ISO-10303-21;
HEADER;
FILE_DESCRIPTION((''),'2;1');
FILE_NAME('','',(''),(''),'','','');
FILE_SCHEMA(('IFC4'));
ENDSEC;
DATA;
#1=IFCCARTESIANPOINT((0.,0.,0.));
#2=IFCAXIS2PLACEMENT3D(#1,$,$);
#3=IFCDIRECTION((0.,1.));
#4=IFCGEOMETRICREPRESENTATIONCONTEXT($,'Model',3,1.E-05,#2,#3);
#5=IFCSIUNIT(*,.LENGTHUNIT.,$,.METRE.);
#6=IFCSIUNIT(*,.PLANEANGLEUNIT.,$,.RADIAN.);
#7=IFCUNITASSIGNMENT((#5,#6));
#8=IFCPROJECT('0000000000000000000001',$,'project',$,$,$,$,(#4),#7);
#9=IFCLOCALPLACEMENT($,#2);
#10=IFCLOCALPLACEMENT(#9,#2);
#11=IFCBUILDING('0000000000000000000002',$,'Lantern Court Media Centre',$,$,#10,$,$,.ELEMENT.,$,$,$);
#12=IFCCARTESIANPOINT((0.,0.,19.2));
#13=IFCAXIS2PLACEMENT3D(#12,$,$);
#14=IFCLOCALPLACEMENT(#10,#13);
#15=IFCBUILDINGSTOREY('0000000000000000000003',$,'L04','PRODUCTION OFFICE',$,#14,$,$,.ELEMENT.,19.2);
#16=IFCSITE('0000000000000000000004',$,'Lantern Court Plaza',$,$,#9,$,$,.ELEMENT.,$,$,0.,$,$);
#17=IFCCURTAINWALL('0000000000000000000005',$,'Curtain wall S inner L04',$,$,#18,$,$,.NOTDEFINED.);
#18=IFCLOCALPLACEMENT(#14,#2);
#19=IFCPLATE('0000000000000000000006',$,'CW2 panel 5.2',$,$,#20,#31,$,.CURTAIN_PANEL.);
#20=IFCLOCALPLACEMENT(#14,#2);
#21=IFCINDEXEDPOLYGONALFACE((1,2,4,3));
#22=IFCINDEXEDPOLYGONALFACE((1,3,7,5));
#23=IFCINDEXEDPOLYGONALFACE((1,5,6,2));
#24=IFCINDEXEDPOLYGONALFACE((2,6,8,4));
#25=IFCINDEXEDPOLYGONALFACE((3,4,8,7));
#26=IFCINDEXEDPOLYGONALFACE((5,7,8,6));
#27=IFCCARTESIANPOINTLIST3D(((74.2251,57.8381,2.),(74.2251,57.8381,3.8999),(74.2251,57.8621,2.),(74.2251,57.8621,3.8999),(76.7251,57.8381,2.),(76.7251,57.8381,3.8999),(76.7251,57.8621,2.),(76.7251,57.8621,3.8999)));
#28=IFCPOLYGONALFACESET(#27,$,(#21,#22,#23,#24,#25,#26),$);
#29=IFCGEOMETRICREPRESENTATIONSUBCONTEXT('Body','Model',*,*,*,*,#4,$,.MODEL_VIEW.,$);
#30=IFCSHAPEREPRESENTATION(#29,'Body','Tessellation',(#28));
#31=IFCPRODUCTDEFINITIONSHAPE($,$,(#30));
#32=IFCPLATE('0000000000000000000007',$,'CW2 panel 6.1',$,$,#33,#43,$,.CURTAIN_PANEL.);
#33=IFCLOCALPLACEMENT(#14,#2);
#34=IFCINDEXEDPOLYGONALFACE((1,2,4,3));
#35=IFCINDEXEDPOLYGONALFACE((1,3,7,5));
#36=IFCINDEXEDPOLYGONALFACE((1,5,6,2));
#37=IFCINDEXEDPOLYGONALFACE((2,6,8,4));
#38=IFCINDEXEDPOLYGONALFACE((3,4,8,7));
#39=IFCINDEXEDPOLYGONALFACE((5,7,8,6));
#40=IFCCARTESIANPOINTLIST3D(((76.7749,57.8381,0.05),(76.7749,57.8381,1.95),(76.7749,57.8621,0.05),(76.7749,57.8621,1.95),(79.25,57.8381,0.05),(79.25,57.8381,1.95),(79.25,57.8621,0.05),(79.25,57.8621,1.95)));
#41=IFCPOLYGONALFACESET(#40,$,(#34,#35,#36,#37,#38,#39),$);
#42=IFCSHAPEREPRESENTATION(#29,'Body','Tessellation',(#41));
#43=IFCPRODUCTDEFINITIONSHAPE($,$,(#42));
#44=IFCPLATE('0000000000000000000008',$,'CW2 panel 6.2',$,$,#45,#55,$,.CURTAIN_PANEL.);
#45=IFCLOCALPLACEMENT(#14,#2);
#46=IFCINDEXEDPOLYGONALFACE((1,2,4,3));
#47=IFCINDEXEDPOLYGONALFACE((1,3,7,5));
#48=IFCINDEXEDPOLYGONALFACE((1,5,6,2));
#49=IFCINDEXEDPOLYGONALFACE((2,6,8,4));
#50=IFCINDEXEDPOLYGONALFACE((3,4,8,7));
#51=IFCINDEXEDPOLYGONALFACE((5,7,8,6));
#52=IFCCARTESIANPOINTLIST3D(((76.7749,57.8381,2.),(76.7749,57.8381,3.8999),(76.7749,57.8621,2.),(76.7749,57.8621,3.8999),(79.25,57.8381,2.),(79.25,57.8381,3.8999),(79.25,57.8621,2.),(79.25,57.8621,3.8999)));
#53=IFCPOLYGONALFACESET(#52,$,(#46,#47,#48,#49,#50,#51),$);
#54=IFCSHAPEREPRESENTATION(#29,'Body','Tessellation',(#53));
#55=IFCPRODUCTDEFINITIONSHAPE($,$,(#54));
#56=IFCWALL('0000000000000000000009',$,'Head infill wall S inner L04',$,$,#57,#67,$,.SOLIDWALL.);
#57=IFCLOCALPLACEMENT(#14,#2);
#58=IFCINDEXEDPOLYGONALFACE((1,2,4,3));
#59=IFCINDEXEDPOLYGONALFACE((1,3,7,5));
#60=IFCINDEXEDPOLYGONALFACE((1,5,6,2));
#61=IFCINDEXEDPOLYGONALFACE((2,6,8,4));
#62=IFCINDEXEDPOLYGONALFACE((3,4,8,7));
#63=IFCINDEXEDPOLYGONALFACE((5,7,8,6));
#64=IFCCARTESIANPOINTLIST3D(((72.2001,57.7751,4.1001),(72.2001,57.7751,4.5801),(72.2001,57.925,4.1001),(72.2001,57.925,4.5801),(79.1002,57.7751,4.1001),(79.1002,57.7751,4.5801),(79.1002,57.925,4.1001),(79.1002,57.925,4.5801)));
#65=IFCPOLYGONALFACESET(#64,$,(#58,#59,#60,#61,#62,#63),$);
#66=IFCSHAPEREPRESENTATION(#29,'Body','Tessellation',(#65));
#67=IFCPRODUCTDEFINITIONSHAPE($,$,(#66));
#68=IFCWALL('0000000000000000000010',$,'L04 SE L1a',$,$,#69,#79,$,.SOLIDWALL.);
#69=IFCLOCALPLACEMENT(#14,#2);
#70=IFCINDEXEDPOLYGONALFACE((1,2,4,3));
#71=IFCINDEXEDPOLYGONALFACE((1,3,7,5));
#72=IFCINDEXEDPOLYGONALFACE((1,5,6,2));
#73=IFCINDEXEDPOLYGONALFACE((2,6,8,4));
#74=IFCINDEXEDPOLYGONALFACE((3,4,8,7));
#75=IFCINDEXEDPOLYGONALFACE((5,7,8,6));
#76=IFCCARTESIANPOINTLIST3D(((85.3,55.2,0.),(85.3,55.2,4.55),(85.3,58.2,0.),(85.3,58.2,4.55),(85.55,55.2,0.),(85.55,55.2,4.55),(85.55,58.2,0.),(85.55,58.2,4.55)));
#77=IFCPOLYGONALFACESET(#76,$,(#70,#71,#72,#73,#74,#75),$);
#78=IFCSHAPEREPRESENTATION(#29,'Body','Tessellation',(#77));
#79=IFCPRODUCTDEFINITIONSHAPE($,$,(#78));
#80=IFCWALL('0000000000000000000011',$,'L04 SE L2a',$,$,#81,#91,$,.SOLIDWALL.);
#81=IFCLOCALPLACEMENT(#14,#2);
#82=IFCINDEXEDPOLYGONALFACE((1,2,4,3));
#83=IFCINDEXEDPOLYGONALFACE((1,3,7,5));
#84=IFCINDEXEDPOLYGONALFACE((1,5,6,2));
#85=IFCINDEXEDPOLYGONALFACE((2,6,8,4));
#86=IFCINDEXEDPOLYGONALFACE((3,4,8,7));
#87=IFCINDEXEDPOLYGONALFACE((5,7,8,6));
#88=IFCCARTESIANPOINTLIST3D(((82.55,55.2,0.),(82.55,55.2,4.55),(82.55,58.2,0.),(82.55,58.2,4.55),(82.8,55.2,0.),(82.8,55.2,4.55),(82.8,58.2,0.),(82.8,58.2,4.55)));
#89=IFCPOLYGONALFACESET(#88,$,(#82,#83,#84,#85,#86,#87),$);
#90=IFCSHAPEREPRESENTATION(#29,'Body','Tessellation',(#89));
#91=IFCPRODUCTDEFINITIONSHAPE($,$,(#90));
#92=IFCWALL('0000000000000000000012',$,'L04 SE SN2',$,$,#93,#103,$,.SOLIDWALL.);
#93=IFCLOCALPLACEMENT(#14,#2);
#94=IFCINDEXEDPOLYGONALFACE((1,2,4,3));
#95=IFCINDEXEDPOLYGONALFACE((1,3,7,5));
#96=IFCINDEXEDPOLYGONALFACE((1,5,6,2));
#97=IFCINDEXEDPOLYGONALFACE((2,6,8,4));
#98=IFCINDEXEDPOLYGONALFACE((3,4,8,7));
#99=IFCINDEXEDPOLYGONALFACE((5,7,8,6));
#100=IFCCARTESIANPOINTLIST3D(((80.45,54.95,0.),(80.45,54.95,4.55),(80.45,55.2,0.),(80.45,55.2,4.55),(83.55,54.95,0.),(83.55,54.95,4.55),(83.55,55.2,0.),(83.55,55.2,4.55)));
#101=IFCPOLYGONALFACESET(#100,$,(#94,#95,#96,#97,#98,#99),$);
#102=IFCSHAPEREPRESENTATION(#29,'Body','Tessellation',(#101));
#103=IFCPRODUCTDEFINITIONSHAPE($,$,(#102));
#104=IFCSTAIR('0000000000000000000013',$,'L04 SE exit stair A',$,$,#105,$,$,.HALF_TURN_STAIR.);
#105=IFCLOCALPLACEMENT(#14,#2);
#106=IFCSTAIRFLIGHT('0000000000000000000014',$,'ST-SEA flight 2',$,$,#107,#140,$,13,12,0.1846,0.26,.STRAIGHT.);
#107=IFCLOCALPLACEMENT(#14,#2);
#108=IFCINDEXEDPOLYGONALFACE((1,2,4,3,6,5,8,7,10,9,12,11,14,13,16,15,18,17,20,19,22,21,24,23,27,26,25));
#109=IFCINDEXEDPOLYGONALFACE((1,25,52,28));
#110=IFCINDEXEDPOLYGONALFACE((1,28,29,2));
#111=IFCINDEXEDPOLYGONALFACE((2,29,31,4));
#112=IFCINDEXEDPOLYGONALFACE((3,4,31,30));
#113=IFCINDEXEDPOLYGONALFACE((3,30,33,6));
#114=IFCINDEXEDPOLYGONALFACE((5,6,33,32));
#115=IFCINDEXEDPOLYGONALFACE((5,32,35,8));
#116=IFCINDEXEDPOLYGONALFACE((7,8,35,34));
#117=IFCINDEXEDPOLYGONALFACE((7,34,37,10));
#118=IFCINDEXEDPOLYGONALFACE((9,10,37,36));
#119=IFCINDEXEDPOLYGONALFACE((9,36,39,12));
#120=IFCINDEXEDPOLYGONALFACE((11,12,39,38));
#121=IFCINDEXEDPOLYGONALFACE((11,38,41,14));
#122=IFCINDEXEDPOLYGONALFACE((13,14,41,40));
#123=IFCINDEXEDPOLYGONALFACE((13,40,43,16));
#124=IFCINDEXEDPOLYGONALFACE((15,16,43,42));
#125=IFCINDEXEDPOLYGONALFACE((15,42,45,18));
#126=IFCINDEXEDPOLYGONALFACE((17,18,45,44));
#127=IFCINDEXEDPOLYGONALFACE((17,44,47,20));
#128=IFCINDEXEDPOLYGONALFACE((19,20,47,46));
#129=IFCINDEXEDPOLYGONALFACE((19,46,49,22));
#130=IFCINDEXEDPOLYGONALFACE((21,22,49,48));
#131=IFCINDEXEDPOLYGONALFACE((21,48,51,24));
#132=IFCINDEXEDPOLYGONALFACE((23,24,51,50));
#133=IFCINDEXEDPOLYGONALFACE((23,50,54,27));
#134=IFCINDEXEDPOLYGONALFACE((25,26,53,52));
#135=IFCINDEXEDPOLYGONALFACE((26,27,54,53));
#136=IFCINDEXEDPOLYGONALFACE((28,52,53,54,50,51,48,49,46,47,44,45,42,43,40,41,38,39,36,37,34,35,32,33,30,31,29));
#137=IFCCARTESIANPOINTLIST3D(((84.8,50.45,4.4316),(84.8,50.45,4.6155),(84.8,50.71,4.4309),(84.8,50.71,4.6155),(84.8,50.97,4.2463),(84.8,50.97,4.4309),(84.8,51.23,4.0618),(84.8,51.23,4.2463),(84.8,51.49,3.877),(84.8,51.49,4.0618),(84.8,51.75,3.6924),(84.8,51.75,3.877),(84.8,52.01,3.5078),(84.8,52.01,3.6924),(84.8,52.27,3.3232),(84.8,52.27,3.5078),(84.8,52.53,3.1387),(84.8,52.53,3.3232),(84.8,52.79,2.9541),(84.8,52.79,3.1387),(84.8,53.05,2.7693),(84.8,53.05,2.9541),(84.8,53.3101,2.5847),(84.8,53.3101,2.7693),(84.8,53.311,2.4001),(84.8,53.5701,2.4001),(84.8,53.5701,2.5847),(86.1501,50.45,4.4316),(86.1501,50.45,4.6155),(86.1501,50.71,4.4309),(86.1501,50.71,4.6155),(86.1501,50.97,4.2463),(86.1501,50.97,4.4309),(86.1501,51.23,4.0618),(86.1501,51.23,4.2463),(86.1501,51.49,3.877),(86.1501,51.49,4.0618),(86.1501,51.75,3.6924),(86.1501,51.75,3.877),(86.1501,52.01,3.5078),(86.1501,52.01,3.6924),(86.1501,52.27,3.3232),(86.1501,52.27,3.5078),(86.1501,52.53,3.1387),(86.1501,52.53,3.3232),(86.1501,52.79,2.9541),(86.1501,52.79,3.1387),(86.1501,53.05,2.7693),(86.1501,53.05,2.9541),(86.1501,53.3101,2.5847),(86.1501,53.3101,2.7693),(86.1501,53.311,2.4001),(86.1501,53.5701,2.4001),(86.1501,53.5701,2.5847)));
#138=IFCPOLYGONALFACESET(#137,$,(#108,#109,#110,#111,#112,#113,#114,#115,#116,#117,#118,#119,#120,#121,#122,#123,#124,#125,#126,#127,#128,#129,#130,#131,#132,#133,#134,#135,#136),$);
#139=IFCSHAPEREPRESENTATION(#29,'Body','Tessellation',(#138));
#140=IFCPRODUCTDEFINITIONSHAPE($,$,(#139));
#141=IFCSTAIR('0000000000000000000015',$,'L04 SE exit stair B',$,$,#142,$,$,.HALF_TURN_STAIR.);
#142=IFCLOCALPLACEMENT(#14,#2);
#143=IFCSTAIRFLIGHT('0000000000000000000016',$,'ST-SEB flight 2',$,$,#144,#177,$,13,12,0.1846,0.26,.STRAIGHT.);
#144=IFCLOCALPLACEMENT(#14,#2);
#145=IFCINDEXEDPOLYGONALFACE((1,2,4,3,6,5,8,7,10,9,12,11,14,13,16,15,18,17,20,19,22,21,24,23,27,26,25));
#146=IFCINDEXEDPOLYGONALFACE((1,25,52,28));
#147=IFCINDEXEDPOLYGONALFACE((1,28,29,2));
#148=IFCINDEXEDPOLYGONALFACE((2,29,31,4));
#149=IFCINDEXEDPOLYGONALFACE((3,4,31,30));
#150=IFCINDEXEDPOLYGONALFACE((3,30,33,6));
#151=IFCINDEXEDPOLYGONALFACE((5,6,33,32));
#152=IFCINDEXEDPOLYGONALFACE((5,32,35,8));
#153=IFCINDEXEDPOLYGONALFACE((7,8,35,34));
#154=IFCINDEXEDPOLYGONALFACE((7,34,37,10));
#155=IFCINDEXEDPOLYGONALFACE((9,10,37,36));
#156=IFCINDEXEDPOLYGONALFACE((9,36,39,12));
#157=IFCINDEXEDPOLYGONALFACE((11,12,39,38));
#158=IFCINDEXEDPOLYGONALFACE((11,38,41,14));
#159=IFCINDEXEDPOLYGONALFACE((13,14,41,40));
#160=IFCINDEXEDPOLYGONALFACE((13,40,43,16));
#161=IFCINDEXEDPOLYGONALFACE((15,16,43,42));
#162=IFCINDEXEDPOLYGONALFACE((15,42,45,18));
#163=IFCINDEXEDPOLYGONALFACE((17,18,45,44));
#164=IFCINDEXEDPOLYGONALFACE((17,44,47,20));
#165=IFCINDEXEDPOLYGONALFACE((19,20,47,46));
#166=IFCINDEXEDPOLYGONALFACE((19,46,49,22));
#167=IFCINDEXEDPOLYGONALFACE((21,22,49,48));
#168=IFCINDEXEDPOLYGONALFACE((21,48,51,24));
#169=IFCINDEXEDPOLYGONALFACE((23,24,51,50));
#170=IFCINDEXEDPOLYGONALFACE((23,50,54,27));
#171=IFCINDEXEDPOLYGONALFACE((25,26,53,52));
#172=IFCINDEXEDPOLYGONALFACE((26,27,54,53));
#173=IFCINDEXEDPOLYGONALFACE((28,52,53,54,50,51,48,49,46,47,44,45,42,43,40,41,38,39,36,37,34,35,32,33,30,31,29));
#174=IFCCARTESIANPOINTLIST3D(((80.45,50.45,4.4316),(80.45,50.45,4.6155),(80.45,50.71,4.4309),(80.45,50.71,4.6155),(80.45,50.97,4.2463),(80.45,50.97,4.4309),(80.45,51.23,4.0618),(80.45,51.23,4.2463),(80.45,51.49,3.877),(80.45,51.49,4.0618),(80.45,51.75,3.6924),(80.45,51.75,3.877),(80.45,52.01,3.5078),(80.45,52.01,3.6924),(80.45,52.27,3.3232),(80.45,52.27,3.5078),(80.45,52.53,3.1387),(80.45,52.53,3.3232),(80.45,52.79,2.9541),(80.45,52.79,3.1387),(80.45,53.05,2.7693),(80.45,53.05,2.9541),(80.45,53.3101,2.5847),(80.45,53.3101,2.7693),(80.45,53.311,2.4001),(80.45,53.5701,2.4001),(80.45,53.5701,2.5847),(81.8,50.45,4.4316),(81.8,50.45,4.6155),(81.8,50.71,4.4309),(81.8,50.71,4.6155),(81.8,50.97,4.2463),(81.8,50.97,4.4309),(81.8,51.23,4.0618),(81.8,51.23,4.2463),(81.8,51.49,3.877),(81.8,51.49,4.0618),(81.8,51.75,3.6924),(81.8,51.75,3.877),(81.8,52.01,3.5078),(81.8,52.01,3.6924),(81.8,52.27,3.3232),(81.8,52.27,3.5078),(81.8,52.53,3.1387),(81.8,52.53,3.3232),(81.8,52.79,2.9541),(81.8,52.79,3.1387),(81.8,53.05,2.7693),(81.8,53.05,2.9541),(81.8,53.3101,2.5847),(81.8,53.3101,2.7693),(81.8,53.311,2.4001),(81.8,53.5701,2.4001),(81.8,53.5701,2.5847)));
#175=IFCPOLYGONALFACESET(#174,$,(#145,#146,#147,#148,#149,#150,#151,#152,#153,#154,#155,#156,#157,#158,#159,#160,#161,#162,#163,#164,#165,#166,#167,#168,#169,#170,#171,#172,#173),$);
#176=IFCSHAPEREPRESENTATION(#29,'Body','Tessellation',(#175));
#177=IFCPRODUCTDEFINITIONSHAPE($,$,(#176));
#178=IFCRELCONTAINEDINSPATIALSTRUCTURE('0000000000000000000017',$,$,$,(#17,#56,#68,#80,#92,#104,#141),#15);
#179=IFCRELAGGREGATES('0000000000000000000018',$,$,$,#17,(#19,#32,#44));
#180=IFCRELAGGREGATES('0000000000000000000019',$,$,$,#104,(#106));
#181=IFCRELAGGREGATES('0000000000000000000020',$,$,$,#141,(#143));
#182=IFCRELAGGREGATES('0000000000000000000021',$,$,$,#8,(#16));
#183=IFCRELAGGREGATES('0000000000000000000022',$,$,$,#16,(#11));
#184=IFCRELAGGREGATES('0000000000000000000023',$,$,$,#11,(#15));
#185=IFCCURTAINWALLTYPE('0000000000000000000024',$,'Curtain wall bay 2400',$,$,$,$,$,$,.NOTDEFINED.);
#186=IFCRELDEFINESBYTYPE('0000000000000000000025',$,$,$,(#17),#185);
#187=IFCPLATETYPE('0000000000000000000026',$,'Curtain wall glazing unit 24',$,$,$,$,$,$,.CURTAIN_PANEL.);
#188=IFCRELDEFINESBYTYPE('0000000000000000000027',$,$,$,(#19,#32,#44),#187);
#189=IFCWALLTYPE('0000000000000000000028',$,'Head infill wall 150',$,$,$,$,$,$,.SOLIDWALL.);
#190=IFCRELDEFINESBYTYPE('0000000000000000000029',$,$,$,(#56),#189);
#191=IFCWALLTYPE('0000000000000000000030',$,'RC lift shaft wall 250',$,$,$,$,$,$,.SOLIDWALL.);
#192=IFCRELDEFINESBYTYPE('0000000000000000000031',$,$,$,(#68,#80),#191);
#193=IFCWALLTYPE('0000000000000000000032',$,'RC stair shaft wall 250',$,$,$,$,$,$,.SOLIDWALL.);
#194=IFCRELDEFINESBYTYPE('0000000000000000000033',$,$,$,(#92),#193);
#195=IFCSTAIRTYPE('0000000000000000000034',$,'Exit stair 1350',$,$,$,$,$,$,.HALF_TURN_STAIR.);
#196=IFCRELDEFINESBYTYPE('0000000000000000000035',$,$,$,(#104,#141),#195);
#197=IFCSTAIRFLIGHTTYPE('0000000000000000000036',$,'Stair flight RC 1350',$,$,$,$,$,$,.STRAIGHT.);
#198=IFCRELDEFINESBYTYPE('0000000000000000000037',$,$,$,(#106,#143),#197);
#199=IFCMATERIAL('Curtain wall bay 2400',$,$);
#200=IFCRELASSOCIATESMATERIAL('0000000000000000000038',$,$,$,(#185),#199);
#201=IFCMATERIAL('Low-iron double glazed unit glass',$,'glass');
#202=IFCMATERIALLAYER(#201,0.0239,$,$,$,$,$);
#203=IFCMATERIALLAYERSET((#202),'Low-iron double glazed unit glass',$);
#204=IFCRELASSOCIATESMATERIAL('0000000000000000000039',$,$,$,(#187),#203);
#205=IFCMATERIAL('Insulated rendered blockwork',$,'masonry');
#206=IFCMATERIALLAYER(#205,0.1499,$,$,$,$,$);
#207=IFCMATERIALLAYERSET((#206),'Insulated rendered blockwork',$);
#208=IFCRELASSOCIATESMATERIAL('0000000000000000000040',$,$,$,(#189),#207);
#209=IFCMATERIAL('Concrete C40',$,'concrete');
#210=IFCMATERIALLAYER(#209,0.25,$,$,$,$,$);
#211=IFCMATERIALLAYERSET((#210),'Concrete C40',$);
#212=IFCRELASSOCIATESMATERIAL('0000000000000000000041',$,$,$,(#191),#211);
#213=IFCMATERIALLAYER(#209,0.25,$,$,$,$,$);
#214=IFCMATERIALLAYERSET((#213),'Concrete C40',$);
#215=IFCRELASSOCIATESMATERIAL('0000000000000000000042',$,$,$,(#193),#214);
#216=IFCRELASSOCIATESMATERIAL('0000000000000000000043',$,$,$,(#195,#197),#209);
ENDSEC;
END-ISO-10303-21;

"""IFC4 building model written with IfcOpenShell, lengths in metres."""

from ifc_helpers import new_model, si_unit, direction, frame, frame_2d, origin, origin_2d, place, context, subcontext, project, spatial, polyline, rectangle, outline, extrude, material, layer, layer_set, type_object, element, aggregate, save


model = new_model("IFC4")

# Units and contexts
model_context = context("Model", 3, precision=1e-05, world=origin(), true_north=direction((0.0, 1.0)))
body_context = subcontext(model_context, "Body", "Model", "MODEL_VIEW")
ifc_project = project(units=[si_unit("LENGTHUNIT", "METRE"), si_unit("PLANEANGLEUNIT", "RADIAN")], contexts=[model_context])

# Site, building, storey
site_placement = place(None, origin())
site = spatial("IfcSite", under=ifc_project, at=site_placement, Name="Lantern Court Plaza", CompositionType="ELEMENT", RefElevation=0.0)
building_placement = place(site_placement, origin())
building = spatial("IfcBuilding", under=site, at=building_placement, Name="Lantern Court Media Centre", CompositionType="ELEMENT")
storey_placement = place(building_placement, frame((0.0, 0.0, 19.2)))
storey = spatial("IfcBuildingStorey", under=building, at=storey_placement, Name="L04", Description="PRODUCTION OFFICE", CompositionType="ELEMENT", Elevation=19.2)

# Curtain wall
ifc_material_1 = material(Name="Curtain wall bay 2400")
curtain_wall_type = type_object("IfcCurtainWallType", Name="Curtain wall bay 2400", PredefinedType="NOTDEFINED", material=ifc_material_1)
curtain_wall_placement = place(storey_placement, origin())
curtain_wall = element("IfcCurtainWall", 1, at=curtain_wall_placement, inside=storey, type_object=curtain_wall_type, Name="Curtain wall S inner L04", PredefinedType="NOTDEFINED")

# Plates
ifc_material_2 = material(Name="Low-iron double glazed unit glass", Category="glass")
ifc_layer_1 = layer(ifc_material_2, 0.0239)
ifc_layer_set_1 = layer_set([ifc_layer_1], Name="Low-iron double glazed unit glass")
plate_type = type_object("IfcPlateType", Name="Curtain wall glazing unit 24", PredefinedType="CURTAIN_PANEL", material=ifc_layer_set_1)
plate_1_placement = place(storey_placement, frame((75.4751, 57.8501, 2.0), z_axis=(0.0, 0.0, 1.0), x_axis=(1.0, 0.0, 0.0)))
plate_1 = element("IfcPlate", 2, at=plate_1_placement, type_object=plate_type, Name="CW2 panel 5.2", PredefinedType="CURTAIN_PANEL", context=body_context, shape_type="SweptSolid", body=[
    extrude(rectangle(XDim=2.5, YDim=0.0239, at=origin_2d()), origin(), (0.0, 0.0, 1.0), 1.8999),
])
plate_2_placement = place(storey_placement, frame((78.0125, 57.8501, 0.05), z_axis=(0.0, 0.0, 1.0), x_axis=(1.0, 0.0, 0.0)))
plate_2 = element("IfcPlate", 3, at=plate_2_placement, type_object=plate_type, Name="CW2 panel 6.1", PredefinedType="CURTAIN_PANEL", context=body_context, shape_type="SweptSolid", body=[
    extrude(rectangle(XDim=2.4751, YDim=0.0239, at=origin_2d()), origin(), (0.0, 0.0, 1.0), 1.8999),
])
plate_3_placement = place(storey_placement, frame((78.0125, 57.8501, 2.0), z_axis=(0.0, 0.0, 1.0), x_axis=(1.0, 0.0, 0.0)))
plate_3 = element("IfcPlate", 4, at=plate_3_placement, type_object=plate_type, Name="CW2 panel 6.2", PredefinedType="CURTAIN_PANEL", context=body_context, shape_type="SweptSolid", body=[
    extrude(rectangle(XDim=2.4751, YDim=0.0239, at=origin_2d()), origin(), (0.0, 0.0, 1.0), 1.8999),
])
aggregate(curtain_wall, [plate_1, plate_2, plate_3])

# Walls
ifc_material_3 = material(Name="Insulated rendered blockwork", Category="masonry")
ifc_layer_2 = layer(ifc_material_3, 0.1499)
ifc_layer_set_2 = layer_set([ifc_layer_2], Name="Insulated rendered blockwork")
wall_type_1 = type_object("IfcWallType", Name="Head infill wall 150", PredefinedType="SOLIDWALL", material=ifc_layer_set_2)
wall_1_placement = place(storey_placement, frame((72.2, 57.8501, 4.1001), z_axis=(0.0, 0.0, 1.0), x_axis=(1.0, 0.0, 0.0)))
element("IfcWall", 5, at=wall_1_placement, inside=storey, type_object=wall_type_1, Name="Head infill wall S inner L04", PredefinedType="SOLIDWALL", context=body_context, shape_type="SweptSolid", body=[
    extrude(rectangle(XDim=6.9001, YDim=0.1499, at=frame_2d((3.4502, 0.0))), origin(), (0.0, 0.0, 1.0), 0.48),
])
ifc_material_4 = material(Name="Concrete C40", Category="concrete")
ifc_layer_3 = layer(ifc_material_4, 0.25)
ifc_layer_set_3 = layer_set([ifc_layer_3], Name="Concrete C40")
wall_type_2 = type_object("IfcWallType", Name="RC lift shaft wall 250", PredefinedType="SOLIDWALL", material=ifc_layer_set_3)
for number, where, z_axis, x_axis, name in (
    (6, (85.425, 55.2, 0.0), (0.0, 0.0, 1.0), (0.0, 1.0, 0.0), "L04 SE L1a"),
    (7, (82.675, 55.2, 0.0), (0.0, 0.0, 1.0), (0.0, 1.0, 0.0), "L04 SE L2a"),
):
    element("IfcWall", number, at=place(storey_placement, frame(where, z_axis=z_axis, x_axis=x_axis)), inside=storey, type_object=wall_type_2, Name=name, PredefinedType="SOLIDWALL", context=body_context, shape_type="SweptSolid", body=[
        extrude(rectangle(XDim=3.0, YDim=0.25, at=frame_2d((1.5, 0.0))), origin(), (0.0, 0.0, 1.0), 4.55),
    ])
ifc_layer_4 = layer(ifc_material_4, 0.25)
ifc_layer_set_4 = layer_set([ifc_layer_4], Name="Concrete C40")
wall_type_3 = type_object("IfcWallType", Name="RC stair shaft wall 250", PredefinedType="SOLIDWALL", material=ifc_layer_set_4)
wall_2_placement = place(storey_placement, frame((83.55, 55.075, 0.0), z_axis=(0.0, 0.0, 1.0), x_axis=(-1.0, 0.0, 0.0)))
element("IfcWall", 8, at=wall_2_placement, inside=storey, type_object=wall_type_3, Name="L04 SE SN2", PredefinedType="SOLIDWALL", context=body_context, shape_type="SweptSolid", body=[
    extrude(rectangle(XDim=3.1001, YDim=0.25, at=frame_2d((1.55, 0.0))), origin(), (0.0, 0.0, 1.0), 4.55),
])

# Stairs, stair flights
stair_type = type_object("IfcStairType", Name="Exit stair 1350", PredefinedType="HALF_TURN_STAIR", material=ifc_material_4)
stair_1_placement = place(storey_placement, origin())
stair_1 = element("IfcStair", 9, at=stair_1_placement, inside=storey, type_object=stair_type, Name="L04 SE exit stair A", PredefinedType="HALF_TURN_STAIR")
stair_flight_type = type_object("IfcStairFlightType", Name="Stair flight RC 1350", PredefinedType="STRAIGHT", material=ifc_material_4)
stair_flight_1_placement = place(storey_placement, frame((85.4751, 53.5701, 2.4001), z_axis=(0.0, 0.0, 1.0), x_axis=(0.0, -1.0, 0.0)))
stair_flight_1 = element("IfcStairFlight", 10, at=stair_flight_1_placement, type_object=stair_flight_type, Name="ST-SEA flight 2", NumberOfRisers=13, NumberOfTreads=12, PredefinedType="STRAIGHT", RiserHeight=0.1846, TreadLength=0.26, context=body_context, shape_type="SweptSolid", body=[
    extrude(outline(polyline([(0.0, 0.0), (0.0, 0.1846), (0.26, 0.1846), (0.26, 0.3691), (0.52, 0.3691), (0.52, 0.554), (0.78, 0.554), (0.78, 0.7385), (1.04, 0.7385), (1.04, 0.9231), (1.3, 0.9231), (1.3, 1.1077), (1.5601, 1.1077), (1.5601, 1.2922), (1.8201, 1.2922), (1.8201, 1.4768), (2.0801, 1.4768), (2.0801, 1.6616), (2.3401, 1.6616), (2.3401, 1.8462), (2.6001, 1.8462), (2.6001, 2.0308), (2.8601, 2.0308), (2.8601, 2.2153), (3.1201, 2.2153), (3.1201, 2.3999), (3.1201, 2.0315), (0.259, 0.0), (0.0, 0.0)])), frame((0.0, 0.675, 0.0), z_axis=(0.0, -1.0, 0.0), x_axis=(1.0, 0.0, 0.0)), (0.0, 0.0, 1.0), 1.3501),
])
aggregate(stair_1, [stair_flight_1])
stair_2_placement = place(storey_placement, origin())
stair_2 = element("IfcStair", 11, at=stair_2_placement, inside=storey, type_object=stair_type, Name="L04 SE exit stair B", PredefinedType="HALF_TURN_STAIR")
stair_flight_2_placement = place(storey_placement, frame((81.125, 53.5701, 2.4001), z_axis=(0.0, 0.0, 1.0), x_axis=(0.0, -1.0, 0.0)))
stair_flight_2 = element("IfcStairFlight", 12, at=stair_flight_2_placement, type_object=stair_flight_type, Name="ST-SEB flight 2", NumberOfRisers=13, NumberOfTreads=12, PredefinedType="STRAIGHT", RiserHeight=0.1846, TreadLength=0.26, context=body_context, shape_type="SweptSolid", body=[
    extrude(outline(polyline([(0.0, 0.0), (0.0, 0.1846), (0.26, 0.1846), (0.26, 0.3691), (0.52, 0.3691), (0.52, 0.554), (0.78, 0.554), (0.78, 0.7385), (1.04, 0.7385), (1.04, 0.9231), (1.3, 0.9231), (1.3, 1.1077), (1.5601, 1.1077), (1.5601, 1.2922), (1.8201, 1.2922), (1.8201, 1.4768), (2.0801, 1.4768), (2.0801, 1.6616), (2.3401, 1.6616), (2.3401, 1.8462), (2.6001, 1.8462), (2.6001, 2.0308), (2.8601, 2.0308), (2.8601, 2.2153), (3.1201, 2.2153), (3.1201, 2.3999), (3.1201, 2.0315), (0.259, 0.0), (0.0, 0.0)])), frame((0.0, 0.675, 0.0), z_axis=(0.0, -1.0, 0.0), x_axis=(1.0, 0.0, 0.0)), (0.0, 0.0, 1.0), 1.3501),
])
aggregate(stair_2, [stair_flight_2])

save(model, "model.ifc")
